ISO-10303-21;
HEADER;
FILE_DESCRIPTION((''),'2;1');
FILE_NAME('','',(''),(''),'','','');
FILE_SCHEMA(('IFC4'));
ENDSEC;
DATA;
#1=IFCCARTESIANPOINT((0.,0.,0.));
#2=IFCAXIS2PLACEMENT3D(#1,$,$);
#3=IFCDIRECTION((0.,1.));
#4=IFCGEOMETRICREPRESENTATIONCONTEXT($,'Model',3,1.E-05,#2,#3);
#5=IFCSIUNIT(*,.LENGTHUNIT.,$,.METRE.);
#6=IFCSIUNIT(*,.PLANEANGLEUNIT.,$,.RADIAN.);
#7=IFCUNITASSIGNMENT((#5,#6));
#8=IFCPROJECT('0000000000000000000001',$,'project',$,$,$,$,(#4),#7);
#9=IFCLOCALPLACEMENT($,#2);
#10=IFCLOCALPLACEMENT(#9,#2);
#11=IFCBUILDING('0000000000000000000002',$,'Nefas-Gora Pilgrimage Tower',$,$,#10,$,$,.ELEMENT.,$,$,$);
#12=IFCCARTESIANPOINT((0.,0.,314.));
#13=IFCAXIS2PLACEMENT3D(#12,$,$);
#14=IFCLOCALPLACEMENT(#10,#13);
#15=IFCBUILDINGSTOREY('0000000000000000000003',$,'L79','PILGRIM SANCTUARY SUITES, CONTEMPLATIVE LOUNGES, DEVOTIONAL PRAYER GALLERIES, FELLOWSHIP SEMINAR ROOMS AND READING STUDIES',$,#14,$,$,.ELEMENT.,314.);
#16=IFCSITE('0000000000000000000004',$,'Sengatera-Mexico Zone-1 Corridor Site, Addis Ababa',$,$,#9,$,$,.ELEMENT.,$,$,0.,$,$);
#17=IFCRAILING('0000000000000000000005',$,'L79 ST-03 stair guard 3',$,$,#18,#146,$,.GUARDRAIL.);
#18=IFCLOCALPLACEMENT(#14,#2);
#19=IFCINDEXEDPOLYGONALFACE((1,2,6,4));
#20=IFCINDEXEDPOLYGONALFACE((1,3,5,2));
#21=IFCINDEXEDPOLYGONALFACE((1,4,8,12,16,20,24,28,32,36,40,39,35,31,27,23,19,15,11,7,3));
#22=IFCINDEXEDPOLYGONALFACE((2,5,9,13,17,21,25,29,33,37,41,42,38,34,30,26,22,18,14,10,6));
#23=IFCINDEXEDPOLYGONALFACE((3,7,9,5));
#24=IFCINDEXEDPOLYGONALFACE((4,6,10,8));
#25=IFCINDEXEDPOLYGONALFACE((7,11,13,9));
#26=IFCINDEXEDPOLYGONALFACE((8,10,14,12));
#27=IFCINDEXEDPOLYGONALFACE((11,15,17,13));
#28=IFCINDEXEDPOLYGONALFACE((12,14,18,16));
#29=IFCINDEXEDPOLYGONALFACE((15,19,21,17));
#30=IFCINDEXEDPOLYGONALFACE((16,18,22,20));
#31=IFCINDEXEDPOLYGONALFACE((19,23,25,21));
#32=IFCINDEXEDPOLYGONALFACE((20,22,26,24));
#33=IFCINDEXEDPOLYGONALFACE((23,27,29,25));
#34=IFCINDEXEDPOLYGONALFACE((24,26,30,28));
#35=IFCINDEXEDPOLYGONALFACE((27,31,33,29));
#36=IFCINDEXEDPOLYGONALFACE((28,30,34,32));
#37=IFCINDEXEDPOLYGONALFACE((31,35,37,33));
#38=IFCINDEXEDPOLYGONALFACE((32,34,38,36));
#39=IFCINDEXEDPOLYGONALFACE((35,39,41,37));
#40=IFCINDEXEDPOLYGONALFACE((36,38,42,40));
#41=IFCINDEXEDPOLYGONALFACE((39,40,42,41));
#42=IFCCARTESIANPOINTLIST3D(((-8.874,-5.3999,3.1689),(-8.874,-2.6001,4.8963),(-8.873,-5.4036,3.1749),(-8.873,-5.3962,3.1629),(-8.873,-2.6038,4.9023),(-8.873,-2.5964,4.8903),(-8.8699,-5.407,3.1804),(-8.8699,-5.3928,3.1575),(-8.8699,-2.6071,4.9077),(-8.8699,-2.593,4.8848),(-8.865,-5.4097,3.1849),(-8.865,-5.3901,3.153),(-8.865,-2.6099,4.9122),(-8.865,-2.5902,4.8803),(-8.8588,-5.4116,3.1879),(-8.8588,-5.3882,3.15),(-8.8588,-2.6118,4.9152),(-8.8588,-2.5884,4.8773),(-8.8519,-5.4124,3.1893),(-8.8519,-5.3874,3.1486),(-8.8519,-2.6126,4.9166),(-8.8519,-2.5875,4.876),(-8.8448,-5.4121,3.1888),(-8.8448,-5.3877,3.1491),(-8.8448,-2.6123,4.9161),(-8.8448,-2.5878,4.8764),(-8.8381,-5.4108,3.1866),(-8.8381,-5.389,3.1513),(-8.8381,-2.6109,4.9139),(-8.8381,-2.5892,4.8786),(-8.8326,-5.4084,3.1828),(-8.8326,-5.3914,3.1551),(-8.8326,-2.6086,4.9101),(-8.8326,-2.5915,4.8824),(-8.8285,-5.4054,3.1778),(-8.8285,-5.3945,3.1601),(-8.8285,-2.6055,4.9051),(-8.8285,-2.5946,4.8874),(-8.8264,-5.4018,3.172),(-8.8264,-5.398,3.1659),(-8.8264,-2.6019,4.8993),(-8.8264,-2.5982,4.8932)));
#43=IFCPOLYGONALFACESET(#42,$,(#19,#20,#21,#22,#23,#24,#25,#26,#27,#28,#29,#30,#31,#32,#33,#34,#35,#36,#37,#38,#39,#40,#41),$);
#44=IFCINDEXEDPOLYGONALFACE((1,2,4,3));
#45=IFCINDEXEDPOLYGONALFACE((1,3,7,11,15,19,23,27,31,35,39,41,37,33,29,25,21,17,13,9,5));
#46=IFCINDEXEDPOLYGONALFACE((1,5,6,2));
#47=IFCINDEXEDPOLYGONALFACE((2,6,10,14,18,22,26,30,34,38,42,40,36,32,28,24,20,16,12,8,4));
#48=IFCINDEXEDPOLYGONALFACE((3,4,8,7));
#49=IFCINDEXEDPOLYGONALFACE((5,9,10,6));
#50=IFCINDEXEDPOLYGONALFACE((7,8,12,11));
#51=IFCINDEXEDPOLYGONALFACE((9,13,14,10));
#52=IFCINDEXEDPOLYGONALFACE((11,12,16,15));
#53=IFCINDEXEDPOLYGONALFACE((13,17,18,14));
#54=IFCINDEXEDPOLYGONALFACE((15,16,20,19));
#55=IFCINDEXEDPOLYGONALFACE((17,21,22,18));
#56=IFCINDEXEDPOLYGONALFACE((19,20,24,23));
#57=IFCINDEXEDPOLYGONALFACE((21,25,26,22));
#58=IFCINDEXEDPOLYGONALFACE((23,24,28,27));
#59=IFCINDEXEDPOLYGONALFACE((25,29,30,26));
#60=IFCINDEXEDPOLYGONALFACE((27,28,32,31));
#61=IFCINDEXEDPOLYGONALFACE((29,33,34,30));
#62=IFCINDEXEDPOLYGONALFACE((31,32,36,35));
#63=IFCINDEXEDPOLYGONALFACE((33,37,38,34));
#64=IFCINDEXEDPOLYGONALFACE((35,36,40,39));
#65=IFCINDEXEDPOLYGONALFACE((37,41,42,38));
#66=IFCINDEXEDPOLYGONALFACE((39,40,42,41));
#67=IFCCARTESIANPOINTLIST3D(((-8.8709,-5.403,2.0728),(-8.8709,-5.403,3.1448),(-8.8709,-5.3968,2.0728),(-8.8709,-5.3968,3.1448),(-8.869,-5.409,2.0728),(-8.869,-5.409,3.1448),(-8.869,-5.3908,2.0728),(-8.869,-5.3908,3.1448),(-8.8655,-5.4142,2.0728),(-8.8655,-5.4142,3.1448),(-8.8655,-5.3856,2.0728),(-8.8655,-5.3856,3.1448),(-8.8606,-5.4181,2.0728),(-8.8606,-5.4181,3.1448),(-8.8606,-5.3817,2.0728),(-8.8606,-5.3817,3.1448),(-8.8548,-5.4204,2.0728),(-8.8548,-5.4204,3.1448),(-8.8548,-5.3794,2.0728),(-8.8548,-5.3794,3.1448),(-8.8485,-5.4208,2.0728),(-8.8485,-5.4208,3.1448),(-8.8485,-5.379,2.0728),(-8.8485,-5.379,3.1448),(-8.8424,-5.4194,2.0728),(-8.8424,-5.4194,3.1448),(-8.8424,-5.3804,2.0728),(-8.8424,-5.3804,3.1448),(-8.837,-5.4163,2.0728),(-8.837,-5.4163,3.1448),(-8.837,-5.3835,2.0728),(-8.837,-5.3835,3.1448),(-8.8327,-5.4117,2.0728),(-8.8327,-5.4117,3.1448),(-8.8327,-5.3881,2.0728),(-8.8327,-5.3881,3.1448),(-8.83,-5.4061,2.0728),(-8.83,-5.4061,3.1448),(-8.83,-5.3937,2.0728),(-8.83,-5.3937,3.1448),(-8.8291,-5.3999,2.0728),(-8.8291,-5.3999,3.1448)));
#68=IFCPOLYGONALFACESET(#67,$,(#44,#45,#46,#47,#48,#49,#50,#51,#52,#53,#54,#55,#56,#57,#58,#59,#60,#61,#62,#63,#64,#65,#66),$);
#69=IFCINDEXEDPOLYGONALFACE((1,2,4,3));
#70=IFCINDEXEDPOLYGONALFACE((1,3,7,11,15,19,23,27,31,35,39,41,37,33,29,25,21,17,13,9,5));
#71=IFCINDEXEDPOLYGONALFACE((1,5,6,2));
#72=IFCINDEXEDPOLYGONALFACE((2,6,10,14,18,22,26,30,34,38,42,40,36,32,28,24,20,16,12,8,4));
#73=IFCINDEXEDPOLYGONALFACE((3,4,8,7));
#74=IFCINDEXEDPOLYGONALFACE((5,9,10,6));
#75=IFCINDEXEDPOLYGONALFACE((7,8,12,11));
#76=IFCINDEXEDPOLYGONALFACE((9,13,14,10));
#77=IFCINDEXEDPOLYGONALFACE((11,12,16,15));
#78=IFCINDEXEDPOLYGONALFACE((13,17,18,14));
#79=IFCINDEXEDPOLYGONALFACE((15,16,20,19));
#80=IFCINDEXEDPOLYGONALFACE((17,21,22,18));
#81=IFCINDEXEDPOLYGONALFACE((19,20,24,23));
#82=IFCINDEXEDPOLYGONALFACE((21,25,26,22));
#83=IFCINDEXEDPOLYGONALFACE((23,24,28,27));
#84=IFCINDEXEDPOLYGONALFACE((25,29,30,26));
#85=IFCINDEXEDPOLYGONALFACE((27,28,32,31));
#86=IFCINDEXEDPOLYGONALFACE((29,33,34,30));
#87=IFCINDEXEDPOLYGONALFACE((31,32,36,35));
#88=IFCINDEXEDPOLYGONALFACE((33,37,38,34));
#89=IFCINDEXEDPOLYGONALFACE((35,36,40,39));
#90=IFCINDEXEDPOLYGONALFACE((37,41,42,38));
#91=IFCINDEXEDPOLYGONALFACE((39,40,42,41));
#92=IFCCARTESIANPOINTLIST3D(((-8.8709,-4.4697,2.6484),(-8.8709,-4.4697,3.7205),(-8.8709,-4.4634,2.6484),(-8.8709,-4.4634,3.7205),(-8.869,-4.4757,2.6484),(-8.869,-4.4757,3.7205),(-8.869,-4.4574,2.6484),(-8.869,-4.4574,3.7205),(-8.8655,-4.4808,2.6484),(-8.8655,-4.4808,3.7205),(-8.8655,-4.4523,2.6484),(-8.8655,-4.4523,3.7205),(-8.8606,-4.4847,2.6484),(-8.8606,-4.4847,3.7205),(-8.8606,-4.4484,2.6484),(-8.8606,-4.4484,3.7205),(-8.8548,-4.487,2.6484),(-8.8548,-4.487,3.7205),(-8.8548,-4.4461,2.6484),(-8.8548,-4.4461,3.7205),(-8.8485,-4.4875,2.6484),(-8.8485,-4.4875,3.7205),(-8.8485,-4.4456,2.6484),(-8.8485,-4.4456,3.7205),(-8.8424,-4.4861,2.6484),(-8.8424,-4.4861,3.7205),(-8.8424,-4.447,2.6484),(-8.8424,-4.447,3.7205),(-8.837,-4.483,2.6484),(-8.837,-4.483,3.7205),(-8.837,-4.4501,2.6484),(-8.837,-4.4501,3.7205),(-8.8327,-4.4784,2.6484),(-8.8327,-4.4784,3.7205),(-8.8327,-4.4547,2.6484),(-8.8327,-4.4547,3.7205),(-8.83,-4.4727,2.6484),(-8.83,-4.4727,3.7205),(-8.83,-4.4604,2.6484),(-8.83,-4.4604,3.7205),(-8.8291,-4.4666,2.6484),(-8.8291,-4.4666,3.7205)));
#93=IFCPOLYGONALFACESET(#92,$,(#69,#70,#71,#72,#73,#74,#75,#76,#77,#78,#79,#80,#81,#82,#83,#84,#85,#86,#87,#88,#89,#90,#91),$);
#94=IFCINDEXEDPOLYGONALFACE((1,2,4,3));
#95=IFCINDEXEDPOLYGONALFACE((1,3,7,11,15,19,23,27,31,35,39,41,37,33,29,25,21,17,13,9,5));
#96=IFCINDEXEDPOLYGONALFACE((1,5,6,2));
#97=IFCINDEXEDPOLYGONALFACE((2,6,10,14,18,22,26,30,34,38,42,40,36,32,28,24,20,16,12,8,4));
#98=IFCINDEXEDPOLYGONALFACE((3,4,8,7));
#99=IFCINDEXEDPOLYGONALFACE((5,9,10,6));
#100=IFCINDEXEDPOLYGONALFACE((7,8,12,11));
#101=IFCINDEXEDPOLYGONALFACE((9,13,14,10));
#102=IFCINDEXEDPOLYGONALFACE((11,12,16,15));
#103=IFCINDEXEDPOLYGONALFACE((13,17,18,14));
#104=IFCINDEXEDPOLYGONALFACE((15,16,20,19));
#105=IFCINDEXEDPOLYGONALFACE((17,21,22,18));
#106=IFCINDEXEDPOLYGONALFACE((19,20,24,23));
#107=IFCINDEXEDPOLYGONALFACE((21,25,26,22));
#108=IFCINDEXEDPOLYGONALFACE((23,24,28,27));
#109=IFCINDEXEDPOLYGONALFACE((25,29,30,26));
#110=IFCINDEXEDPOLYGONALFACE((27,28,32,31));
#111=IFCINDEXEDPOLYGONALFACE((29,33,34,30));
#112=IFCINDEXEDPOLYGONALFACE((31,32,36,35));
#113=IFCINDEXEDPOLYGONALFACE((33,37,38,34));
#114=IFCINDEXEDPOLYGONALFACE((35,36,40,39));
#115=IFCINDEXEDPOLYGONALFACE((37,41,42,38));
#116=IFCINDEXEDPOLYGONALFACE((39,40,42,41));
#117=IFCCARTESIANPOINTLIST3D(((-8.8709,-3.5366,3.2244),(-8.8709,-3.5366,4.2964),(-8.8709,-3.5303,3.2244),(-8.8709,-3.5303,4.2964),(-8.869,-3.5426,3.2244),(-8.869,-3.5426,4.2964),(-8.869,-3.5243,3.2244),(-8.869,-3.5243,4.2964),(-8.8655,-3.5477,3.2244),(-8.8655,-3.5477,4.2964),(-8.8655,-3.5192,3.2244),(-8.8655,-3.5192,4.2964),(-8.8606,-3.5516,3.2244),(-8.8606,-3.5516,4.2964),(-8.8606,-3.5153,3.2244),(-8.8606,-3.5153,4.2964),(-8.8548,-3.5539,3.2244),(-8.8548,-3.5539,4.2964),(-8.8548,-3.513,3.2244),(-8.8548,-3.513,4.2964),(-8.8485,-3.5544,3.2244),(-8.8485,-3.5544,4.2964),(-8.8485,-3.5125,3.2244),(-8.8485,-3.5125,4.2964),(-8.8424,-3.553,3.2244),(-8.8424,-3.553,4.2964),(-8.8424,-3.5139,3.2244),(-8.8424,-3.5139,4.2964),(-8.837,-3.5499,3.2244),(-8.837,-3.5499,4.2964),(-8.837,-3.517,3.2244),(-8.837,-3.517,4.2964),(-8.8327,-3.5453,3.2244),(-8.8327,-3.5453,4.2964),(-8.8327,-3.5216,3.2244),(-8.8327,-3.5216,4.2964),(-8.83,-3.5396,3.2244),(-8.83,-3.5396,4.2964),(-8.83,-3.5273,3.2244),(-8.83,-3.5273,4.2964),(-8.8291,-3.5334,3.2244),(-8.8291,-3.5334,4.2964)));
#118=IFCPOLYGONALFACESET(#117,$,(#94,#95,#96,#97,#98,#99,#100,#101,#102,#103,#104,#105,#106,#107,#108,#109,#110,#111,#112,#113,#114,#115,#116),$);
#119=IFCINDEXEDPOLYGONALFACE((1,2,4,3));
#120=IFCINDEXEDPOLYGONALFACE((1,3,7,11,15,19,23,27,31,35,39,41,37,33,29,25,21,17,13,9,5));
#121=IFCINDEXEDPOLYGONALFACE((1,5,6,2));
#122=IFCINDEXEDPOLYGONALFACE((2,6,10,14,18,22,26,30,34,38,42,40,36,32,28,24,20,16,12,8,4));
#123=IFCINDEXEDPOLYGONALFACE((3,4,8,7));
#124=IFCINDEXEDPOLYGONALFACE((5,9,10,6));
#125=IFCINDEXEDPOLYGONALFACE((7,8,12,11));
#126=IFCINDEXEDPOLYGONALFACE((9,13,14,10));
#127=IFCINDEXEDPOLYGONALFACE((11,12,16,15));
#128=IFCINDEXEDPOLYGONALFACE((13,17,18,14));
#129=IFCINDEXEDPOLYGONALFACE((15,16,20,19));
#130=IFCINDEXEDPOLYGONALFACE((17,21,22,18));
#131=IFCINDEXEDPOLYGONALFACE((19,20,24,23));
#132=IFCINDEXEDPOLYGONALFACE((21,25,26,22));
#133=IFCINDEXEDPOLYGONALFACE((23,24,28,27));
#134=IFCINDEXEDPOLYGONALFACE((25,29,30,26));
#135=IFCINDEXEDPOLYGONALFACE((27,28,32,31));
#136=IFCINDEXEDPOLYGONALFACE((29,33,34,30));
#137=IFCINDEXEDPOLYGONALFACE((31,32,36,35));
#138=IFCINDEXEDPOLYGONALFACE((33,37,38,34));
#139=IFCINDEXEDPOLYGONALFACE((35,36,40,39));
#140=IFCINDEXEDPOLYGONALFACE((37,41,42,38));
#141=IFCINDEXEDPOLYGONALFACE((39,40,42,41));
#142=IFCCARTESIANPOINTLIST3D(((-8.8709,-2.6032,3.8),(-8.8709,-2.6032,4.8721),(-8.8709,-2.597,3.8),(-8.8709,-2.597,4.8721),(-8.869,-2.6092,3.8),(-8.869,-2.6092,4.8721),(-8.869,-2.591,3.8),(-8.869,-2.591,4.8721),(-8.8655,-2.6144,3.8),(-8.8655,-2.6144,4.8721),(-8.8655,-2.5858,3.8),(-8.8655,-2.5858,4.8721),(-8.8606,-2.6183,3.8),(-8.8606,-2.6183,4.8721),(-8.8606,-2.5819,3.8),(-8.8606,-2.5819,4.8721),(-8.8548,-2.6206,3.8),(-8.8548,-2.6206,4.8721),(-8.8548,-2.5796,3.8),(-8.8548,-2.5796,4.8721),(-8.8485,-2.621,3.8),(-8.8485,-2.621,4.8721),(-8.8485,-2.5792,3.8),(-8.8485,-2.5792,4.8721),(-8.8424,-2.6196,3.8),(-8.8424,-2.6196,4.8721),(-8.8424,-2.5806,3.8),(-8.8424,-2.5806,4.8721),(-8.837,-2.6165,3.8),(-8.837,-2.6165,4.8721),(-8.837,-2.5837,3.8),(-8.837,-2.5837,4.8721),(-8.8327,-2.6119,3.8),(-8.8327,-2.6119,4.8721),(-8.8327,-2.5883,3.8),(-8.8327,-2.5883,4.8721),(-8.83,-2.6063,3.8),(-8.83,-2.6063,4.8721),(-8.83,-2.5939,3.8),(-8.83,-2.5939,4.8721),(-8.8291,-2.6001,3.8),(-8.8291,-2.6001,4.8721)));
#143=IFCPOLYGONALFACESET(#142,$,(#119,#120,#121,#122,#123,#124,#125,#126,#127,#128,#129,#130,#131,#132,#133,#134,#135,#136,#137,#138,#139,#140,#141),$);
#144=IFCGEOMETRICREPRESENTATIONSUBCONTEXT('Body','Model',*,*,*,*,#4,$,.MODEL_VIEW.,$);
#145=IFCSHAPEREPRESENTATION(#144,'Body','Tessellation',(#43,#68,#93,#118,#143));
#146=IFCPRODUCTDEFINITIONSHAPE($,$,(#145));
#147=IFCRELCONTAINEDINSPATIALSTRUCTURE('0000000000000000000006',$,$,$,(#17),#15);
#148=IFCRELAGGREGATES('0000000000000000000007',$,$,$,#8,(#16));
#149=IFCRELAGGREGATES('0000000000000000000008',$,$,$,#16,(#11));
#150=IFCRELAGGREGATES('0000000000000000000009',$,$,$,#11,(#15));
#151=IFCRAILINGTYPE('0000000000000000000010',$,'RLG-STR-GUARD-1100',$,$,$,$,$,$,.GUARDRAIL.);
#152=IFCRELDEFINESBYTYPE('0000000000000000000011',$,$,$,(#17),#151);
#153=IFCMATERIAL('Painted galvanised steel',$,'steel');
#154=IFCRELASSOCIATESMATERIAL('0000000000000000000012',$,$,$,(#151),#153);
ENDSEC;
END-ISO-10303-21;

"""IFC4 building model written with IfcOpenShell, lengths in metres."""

from ifc_helpers import new_model, si_unit, direction, frame, origin, origin_2d, place, context, subcontext, project, spatial, circle, extrude, material, type_object, element, save


model = new_model("IFC4")

# Units and contexts
model_context = context("Model", 3, precision=1e-05, world=origin(), true_north=direction((0.0, 1.0)))
body_context = subcontext(model_context, "Body", "Model", "MODEL_VIEW")
ifc_project = project(units=[si_unit("LENGTHUNIT", "METRE"), si_unit("PLANEANGLEUNIT", "RADIAN")], contexts=[model_context])

# Site, building, storey
site_placement = place(None, origin())
site = spatial("IfcSite", under=ifc_project, at=site_placement, Name="Sengatera-Mexico Zone-1 Corridor Site, Addis Ababa", CompositionType="ELEMENT", RefElevation=0.0)
building_placement = place(site_placement, origin())
building = spatial("IfcBuilding", under=site, at=building_placement, Name="Nefas-Gora Pilgrimage Tower", CompositionType="ELEMENT")
storey_placement = place(building_placement, frame((0.0, 0.0, 314.0)))
storey = spatial("IfcBuildingStorey", under=building, at=storey_placement, Name="L79", Description="PILGRIM SANCTUARY SUITES, CONTEMPLATIVE LOUNGES, DEVOTIONAL PRAYER GALLERIES, FELLOWSHIP SEMINAR ROOMS AND READING STUDIES", CompositionType="ELEMENT", Elevation=314.0)

# Railing
ifc_material_1 = material(Name="Painted galvanised steel", Category="steel")
railing_type_1 = type_object("IfcRailingType", Name="RLG-STR-GUARD-1100", PredefinedType="GUARDRAIL", material=ifc_material_1)
railing_1_placement = place(storey_placement, frame((-8.8501, -5.3999, 2.0728)))
element("IfcRailing", 1, at=railing_1_placement, inside=storey, type_object=railing_type_1, Name="L79 ST-03 stair guard 3", PredefinedType="GUARDRAIL", context=body_context, shape_type="SweptSolid", body=[
    extrude(circle(Radius=0.0239, at=origin_2d()), frame((0.0, 0.0, 1.0962), z_axis=(0.0, 0.851069, 0.525054), x_axis=(-1.0, 0.0, 0.0)), (0.0, 0.0, 1.0), 3.2898),
    extrude(circle(Radius=0.021, at=origin_2d()), origin(), (0.0, 0.0, 1.0), 1.072),
    extrude(circle(Radius=0.021, at=origin_2d()), frame((0.0, 0.9333, 0.5757)), (0.0, 0.0, 1.0), 1.072),
    extrude(circle(Radius=0.021, at=origin_2d()), frame((0.0, 1.8665, 1.1516)), (0.0, 0.0, 1.0), 1.072),
    extrude(circle(Radius=0.021, at=origin_2d()), frame((0.0, 2.7998, 1.7273)), (0.0, 0.0, 1.0), 1.072),
])

save(model, "model.ifc")
